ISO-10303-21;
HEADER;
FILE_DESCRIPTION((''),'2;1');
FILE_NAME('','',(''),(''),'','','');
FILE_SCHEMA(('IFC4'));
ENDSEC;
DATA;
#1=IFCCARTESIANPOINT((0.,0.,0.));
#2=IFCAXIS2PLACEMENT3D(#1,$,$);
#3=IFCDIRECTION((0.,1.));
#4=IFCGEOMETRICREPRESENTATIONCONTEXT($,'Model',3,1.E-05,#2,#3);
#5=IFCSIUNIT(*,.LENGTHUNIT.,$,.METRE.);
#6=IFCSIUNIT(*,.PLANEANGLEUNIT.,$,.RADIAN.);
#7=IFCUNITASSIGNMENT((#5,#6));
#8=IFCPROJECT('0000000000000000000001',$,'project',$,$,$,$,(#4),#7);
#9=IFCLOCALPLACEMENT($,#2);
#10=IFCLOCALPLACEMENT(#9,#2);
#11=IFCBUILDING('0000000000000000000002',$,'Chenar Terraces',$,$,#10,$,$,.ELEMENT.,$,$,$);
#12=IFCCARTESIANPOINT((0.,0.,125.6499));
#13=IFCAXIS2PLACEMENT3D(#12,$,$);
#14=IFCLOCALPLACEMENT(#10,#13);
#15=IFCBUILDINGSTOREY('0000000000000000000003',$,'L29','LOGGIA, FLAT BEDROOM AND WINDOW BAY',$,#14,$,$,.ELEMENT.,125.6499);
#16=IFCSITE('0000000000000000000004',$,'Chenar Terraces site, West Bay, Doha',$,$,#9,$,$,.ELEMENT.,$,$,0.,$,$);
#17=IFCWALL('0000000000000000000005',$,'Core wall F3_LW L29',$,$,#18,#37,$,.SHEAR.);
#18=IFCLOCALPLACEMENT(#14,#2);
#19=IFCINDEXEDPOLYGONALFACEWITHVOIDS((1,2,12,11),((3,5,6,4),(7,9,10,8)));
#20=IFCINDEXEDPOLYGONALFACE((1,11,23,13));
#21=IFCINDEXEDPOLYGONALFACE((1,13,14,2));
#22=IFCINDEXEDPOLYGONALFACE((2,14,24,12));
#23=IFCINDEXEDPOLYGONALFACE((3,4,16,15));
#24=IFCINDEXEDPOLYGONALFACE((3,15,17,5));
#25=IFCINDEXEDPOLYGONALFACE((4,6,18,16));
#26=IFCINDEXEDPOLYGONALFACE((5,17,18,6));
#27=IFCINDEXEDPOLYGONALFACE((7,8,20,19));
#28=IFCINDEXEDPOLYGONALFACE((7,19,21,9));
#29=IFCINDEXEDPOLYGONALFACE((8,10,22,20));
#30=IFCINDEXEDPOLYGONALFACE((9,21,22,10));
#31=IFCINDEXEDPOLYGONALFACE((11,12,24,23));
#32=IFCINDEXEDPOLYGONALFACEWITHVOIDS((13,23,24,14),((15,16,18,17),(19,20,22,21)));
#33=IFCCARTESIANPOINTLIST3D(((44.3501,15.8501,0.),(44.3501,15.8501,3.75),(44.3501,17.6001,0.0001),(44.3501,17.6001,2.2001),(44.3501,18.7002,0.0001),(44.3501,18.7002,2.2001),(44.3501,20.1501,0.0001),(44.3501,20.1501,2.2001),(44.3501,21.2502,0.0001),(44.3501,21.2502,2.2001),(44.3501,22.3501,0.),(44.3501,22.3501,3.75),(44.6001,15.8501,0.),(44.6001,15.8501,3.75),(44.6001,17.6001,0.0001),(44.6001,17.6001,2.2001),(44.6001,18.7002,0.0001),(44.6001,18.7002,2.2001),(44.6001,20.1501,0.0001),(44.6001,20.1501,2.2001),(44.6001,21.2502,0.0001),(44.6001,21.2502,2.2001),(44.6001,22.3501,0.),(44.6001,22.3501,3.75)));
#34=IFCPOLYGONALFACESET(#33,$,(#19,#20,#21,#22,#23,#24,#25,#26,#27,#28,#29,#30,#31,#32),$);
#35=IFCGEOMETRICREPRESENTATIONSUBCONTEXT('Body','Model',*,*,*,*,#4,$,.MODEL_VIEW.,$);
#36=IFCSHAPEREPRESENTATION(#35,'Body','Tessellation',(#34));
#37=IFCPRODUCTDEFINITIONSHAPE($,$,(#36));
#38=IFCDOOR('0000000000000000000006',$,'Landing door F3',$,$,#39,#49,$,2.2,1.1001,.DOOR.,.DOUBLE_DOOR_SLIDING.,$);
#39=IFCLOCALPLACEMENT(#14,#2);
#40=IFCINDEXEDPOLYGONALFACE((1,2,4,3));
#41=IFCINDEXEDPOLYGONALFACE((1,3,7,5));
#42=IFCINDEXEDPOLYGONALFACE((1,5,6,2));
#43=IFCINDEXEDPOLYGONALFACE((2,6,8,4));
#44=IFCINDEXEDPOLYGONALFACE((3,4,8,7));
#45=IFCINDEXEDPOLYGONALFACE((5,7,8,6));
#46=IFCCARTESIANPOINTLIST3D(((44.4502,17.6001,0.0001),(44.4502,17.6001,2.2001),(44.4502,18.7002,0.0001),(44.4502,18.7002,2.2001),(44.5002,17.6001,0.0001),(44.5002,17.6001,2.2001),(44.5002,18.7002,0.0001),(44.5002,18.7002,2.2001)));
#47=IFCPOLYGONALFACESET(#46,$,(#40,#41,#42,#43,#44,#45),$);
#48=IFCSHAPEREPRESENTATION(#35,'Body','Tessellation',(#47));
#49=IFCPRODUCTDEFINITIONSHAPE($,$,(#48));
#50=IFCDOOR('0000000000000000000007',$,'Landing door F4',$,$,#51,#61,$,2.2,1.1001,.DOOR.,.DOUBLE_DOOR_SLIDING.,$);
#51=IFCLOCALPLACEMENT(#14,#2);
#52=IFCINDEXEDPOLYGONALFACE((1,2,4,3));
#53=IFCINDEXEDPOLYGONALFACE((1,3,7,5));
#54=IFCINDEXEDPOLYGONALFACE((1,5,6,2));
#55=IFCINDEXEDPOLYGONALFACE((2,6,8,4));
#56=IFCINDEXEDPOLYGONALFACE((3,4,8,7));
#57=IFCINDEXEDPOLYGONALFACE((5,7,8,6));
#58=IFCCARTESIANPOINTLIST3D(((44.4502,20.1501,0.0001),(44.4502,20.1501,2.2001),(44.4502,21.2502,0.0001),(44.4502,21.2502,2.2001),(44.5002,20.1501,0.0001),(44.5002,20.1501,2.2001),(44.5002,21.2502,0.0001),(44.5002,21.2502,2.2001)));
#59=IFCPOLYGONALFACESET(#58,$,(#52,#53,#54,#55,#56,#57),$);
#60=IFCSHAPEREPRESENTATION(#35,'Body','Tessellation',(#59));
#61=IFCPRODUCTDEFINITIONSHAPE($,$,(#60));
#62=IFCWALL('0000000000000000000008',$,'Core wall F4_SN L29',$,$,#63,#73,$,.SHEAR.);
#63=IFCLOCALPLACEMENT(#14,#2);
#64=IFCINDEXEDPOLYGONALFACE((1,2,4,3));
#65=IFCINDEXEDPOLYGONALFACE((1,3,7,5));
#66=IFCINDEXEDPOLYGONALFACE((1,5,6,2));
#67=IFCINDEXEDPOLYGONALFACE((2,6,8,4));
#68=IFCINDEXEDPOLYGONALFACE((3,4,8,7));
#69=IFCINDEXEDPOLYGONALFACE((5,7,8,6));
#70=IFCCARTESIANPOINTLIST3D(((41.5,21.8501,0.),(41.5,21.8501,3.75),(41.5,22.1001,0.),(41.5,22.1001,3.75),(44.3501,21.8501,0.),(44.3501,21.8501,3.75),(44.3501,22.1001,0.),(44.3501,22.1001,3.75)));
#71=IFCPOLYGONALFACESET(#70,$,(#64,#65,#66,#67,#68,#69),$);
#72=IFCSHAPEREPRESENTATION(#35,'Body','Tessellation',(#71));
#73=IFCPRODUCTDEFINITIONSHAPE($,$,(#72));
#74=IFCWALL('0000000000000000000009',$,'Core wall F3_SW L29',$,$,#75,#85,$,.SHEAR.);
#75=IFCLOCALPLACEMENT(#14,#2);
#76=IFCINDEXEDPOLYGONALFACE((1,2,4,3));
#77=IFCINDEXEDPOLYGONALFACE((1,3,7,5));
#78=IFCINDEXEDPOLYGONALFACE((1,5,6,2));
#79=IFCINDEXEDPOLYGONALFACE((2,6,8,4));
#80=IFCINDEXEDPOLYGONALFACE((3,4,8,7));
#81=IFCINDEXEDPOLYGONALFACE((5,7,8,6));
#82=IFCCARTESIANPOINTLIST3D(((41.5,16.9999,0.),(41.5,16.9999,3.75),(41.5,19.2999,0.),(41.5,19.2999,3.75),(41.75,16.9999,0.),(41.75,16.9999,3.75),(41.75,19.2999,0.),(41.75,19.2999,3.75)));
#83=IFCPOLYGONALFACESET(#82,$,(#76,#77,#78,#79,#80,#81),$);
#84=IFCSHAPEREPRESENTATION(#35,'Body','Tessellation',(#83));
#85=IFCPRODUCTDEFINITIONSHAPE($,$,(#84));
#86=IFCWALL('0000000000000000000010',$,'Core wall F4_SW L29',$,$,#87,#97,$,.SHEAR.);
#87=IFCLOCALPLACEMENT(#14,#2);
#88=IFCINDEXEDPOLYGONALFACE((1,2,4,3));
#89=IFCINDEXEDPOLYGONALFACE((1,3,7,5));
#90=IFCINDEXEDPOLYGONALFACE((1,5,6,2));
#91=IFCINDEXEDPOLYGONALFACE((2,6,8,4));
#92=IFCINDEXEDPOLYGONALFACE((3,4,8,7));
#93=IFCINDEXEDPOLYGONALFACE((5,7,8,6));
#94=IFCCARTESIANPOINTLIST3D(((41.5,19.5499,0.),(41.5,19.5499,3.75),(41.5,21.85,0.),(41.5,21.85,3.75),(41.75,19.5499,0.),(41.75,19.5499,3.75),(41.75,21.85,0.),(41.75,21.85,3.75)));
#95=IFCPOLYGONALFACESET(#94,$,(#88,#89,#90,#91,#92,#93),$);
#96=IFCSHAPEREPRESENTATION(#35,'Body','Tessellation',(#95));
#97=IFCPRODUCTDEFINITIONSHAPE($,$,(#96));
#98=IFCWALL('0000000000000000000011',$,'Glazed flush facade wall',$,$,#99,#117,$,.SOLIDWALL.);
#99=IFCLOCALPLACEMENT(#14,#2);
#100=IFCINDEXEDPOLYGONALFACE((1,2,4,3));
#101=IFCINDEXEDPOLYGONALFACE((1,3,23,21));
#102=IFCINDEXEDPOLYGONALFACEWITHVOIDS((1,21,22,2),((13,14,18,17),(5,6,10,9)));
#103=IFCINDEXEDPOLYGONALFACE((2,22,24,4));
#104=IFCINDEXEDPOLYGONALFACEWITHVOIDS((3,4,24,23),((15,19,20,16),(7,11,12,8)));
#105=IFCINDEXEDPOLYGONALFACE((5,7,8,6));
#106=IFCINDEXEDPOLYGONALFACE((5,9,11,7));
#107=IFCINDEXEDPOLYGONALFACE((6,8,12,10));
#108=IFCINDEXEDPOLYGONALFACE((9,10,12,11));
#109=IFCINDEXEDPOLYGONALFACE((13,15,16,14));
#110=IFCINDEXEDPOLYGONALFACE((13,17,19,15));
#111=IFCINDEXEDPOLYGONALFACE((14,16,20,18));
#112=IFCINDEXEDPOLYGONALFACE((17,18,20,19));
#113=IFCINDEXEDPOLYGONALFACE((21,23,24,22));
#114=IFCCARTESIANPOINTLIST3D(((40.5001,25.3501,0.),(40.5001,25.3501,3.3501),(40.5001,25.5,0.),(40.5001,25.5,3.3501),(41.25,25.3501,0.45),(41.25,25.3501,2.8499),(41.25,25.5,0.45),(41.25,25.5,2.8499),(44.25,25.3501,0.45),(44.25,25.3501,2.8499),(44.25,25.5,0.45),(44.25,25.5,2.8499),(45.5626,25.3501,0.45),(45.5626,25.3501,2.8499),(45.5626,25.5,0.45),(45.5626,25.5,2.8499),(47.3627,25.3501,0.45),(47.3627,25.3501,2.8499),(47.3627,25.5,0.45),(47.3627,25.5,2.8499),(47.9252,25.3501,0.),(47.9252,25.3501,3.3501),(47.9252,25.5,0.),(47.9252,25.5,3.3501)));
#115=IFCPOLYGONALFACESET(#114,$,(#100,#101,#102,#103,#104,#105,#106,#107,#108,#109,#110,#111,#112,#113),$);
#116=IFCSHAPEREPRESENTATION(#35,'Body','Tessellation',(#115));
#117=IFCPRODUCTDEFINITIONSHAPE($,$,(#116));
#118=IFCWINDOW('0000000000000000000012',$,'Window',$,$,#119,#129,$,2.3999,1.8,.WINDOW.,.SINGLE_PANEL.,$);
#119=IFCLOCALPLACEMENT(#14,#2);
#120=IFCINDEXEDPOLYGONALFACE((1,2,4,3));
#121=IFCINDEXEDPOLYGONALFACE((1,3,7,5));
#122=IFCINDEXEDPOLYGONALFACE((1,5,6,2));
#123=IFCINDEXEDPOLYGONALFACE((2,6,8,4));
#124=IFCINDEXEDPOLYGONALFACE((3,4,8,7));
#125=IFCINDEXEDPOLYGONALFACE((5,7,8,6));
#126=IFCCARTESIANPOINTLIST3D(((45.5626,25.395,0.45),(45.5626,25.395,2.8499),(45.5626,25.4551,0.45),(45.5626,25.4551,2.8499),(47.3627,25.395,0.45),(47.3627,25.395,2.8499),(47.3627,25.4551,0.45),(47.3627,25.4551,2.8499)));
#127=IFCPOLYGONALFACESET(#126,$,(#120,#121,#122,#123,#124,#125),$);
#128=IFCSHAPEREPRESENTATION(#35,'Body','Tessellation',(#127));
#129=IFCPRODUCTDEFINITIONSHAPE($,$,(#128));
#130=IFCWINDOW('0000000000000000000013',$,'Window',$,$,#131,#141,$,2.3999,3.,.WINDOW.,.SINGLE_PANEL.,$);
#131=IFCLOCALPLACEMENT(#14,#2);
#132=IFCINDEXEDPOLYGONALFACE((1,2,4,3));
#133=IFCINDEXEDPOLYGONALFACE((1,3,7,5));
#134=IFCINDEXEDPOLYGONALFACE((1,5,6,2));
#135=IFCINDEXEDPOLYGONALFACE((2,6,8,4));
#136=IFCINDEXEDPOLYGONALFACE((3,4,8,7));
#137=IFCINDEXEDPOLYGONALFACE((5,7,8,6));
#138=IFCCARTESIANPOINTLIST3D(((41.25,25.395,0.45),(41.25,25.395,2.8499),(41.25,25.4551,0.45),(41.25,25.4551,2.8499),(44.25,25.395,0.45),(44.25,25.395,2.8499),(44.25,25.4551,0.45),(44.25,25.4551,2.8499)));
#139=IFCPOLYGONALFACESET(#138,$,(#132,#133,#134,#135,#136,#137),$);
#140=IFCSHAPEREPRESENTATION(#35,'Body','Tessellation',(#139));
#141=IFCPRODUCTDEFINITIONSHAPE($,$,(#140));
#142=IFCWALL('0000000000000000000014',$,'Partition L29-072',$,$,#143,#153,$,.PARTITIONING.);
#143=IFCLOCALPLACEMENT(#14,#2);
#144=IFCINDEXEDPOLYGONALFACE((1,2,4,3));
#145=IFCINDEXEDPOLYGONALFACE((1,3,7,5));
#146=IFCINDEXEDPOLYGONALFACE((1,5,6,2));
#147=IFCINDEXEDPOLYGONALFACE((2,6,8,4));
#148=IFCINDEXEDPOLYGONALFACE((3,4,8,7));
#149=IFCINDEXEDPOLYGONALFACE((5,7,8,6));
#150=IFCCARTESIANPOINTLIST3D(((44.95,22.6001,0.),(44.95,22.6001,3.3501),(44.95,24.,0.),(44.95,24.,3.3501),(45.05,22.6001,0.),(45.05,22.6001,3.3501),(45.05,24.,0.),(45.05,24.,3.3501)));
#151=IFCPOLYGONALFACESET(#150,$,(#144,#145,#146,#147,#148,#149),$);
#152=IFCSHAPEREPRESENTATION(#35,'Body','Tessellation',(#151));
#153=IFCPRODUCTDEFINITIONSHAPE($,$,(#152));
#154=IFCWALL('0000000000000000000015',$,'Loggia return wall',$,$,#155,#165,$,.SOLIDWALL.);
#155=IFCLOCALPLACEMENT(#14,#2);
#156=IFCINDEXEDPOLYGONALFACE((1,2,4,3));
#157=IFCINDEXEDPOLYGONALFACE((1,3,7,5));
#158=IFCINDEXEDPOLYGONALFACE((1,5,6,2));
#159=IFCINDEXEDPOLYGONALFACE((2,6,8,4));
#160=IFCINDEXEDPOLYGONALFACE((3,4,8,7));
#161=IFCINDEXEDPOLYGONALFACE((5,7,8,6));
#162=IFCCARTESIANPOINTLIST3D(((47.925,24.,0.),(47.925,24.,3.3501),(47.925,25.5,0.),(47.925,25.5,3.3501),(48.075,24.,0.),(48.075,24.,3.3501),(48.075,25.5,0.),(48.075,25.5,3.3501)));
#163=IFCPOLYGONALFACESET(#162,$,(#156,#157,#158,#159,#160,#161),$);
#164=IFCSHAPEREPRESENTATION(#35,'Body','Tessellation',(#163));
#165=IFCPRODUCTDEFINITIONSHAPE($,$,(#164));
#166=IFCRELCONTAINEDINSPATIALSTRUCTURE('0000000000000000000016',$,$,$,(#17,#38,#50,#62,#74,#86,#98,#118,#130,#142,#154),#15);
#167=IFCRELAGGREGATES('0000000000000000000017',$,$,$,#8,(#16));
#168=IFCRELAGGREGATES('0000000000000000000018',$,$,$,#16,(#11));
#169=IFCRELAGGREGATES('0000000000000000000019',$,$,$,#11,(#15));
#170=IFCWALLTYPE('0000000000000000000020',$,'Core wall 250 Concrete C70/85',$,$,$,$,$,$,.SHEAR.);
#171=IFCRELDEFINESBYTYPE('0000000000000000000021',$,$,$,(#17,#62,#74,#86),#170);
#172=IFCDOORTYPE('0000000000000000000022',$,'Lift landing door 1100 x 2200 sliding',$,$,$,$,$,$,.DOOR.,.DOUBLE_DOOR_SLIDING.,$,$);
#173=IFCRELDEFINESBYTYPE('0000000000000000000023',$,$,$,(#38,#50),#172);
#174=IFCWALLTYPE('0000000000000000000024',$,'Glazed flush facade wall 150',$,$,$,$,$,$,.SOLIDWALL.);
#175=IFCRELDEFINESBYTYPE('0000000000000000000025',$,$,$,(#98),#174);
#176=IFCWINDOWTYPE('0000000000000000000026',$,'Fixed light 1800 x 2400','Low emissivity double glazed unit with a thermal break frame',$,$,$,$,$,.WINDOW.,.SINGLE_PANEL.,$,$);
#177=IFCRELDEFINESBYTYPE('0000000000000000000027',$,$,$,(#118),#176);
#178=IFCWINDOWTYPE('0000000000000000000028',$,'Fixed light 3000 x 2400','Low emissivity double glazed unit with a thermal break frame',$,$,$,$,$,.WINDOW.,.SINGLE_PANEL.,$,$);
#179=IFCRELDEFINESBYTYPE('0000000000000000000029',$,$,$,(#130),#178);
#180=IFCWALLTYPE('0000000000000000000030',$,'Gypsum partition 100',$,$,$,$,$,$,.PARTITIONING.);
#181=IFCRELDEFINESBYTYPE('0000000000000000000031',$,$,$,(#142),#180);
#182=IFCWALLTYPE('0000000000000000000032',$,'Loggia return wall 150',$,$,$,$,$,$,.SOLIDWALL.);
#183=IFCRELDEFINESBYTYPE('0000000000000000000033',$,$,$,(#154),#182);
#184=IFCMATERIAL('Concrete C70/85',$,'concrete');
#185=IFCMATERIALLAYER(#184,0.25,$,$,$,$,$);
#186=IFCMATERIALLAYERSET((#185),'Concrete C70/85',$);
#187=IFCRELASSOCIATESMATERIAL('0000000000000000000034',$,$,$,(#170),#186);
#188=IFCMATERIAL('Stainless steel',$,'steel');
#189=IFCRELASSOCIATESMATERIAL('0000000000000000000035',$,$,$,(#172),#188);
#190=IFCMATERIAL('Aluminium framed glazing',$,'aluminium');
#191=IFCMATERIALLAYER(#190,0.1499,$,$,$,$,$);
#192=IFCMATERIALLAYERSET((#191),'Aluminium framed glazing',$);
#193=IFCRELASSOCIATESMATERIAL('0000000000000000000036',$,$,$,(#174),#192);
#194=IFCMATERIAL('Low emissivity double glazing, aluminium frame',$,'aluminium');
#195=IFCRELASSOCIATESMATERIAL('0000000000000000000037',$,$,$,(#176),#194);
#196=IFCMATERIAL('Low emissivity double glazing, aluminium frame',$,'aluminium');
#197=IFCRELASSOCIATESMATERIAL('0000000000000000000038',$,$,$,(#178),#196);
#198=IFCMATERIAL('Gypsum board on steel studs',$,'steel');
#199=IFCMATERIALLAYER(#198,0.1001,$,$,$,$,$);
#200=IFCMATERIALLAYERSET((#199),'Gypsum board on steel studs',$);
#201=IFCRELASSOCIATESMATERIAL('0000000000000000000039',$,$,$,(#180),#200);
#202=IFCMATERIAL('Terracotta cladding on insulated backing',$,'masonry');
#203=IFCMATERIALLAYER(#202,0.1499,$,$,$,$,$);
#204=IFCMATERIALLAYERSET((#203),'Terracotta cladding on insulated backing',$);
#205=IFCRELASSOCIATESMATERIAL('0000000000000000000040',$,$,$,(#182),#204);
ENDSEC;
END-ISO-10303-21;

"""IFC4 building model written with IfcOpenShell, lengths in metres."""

from ifc_helpers import new_model, si_unit, direction, frame, frame_2d, origin, place, context, subcontext, project, spatial, rectangle, extrude, material, layer, layer_set, type_object, element, fill, save


model = new_model("IFC4")

# Units and contexts
model_context = context("Model", 3, precision=1e-05, world=origin(), true_north=direction((0.0, 1.0)))
body_context = subcontext(model_context, "Body", "Model", "MODEL_VIEW")
ifc_project = project(units=[si_unit("LENGTHUNIT", "METRE"), si_unit("PLANEANGLEUNIT", "RADIAN")], contexts=[model_context])

# Site, building, storey
site_placement = place(None, origin())
site = spatial("IfcSite", under=ifc_project, at=site_placement, Name="Chenar Terraces site, West Bay, Doha", CompositionType="ELEMENT", RefElevation=0.0)
building_placement = place(site_placement, origin())
building = spatial("IfcBuilding", under=site, at=building_placement, Name="Chenar Terraces", CompositionType="ELEMENT")
storey_placement = place(building_placement, frame((0.0, 0.0, 125.6499)))
storey = spatial("IfcBuildingStorey", under=building, at=storey_placement, Name="L29", Description="LOGGIA, FLAT BEDROOM AND WINDOW BAY", CompositionType="ELEMENT", Elevation=125.6499)

# Shared definitions
ifc_material_1 = material(Name="Concrete C70/85", Category="concrete")
ifc_layer_1 = layer(ifc_material_1, 0.25)
ifc_layer_set_1 = layer_set([ifc_layer_1], Name="Concrete C70/85")
wall_type_1 = type_object("IfcWallType", Name="Core wall 250 Concrete C70/85", PredefinedType="SHEAR", material=ifc_layer_set_1)

# Wall, openings, doors
wall_1_placement = place(storey_placement, frame((44.4751, 15.8501, 0.0), z_axis=(0.0, 0.0, 1.0), x_axis=(0.0, 1.0, 0.0)))
wall_1 = element("IfcWall", 1, at=wall_1_placement, inside=storey, type_object=wall_type_1, Name="Core wall F3_LW L29", PredefinedType="SHEAR", context=body_context, shape_type="SweptSolid", body=[
    extrude(rectangle(XDim=6.5, YDim=0.25, at=frame_2d((3.25, 0.0))), origin(), (0.0, 0.0, 1.0), 3.75),
])
opening_1_placement = place(wall_1_placement, frame((1.75, 0.0, 0.0)))
opening_1 = element("IfcOpeningElement", 2, at=opening_1_placement, cuts=wall_1, PredefinedType="OPENING", context=body_context, shape_type="SweptSolid", body=[
    extrude(rectangle(XDim=1.1001, YDim=2.2, at=frame_2d((0.55, 1.1001))), frame((0.0, 0.135, 0.0), z_axis=(0.0, -1.0, 0.0), x_axis=(1.0, 0.0, 0.0)), (0.0, 0.0, 1.0), 0.27),
])
opening_2_placement = place(wall_1_placement, frame((4.3, 0.0, 0.0)))
opening_2 = element("IfcOpeningElement", 3, at=opening_2_placement, cuts=wall_1, PredefinedType="OPENING", context=body_context, shape_type="SweptSolid", body=[
    extrude(rectangle(XDim=1.1001, YDim=2.2, at=frame_2d((0.55, 1.1001))), frame((0.0, 0.135, 0.0), z_axis=(0.0, -1.0, 0.0), x_axis=(1.0, 0.0, 0.0)), (0.0, 0.0, 1.0), 0.27),
])
ifc_material_2 = material(Name="Stainless steel", Category="steel")
door_type_1 = type_object("IfcDoorType", Name="Lift landing door 1100 x 2200 sliding", OperationType="DOUBLE_DOOR_SLIDING", PredefinedType="DOOR", material=ifc_material_2)
door_1_placement = place(opening_1_placement, origin())
door_1 = element("IfcDoor", 4, at=door_1_placement, inside=storey, type_object=door_type_1, Name="Landing door F3", OperationType="DOUBLE_DOOR_SLIDING", OverallHeight=2.2, OverallWidth=1.1001, PredefinedType="DOOR", context=body_context, shape_type="SweptSolid", body=[
    extrude(rectangle(XDim=1.1001, YDim=2.2, at=frame_2d((0.55, 1.1001))), frame((0.0, 0.0249, 0.0), z_axis=(0.0, -1.0, 0.0), x_axis=(1.0, 0.0, 0.0)), (0.0, 0.0, 1.0), 0.05),
])
fill(opening_1, door_1)
door_2_placement = place(opening_2_placement, origin())
door_2 = element("IfcDoor", 5, at=door_2_placement, inside=storey, type_object=door_type_1, Name="Landing door F4", OperationType="DOUBLE_DOOR_SLIDING", OverallHeight=2.2, OverallWidth=1.1001, PredefinedType="DOOR", context=body_context, shape_type="SweptSolid", body=[
    extrude(rectangle(XDim=1.1001, YDim=2.2, at=frame_2d((0.55, 1.1001))), frame((0.0, 0.0249, 0.0), z_axis=(0.0, -1.0, 0.0), x_axis=(1.0, 0.0, 0.0)), (0.0, 0.0, 1.0), 0.05),
])
fill(opening_2, door_2)

# Walls
wall_2_placement = place(storey_placement, frame((41.5, 21.9751, 0.0), z_axis=(0.0, 0.0, 1.0), x_axis=(1.0, 0.0, 0.0)))
element("IfcWall", 6, at=wall_2_placement, inside=storey, type_object=wall_type_1, Name="Core wall F4_SN L29", PredefinedType="SHEAR", context=body_context, shape_type="SweptSolid", body=[
    extrude(rectangle(XDim=2.8501, YDim=0.25, at=frame_2d((1.425, 0.0))), origin(), (0.0, 0.0, 1.0), 3.75),
])
for number, where, z_axis, x_axis, name in (
    (7, (41.625, 17.0, 0.0), (0.0, 0.0, 1.0), (0.0, 1.0, 0.0), "Core wall F3_SW L29"),
    (8, (41.625, 19.55, 0.0), (0.0, 0.0, 1.0), (0.0, 1.0, 0.0), "Core wall F4_SW L29"),
):
    element("IfcWall", number, at=place(storey_placement, frame(where, z_axis=z_axis, x_axis=x_axis)), inside=storey, type_object=wall_type_1, Name=name, PredefinedType="SHEAR", context=body_context, shape_type="SweptSolid", body=[
        extrude(rectangle(XDim=2.3, YDim=0.25, at=frame_2d((1.1499, 0.0))), origin(), (0.0, 0.0, 1.0), 3.75),
    ])

# Wall, openings, windows
ifc_material_3 = material(Name="Aluminium framed glazing", Category="aluminium")
ifc_layer_2 = layer(ifc_material_3, 0.1499)
ifc_layer_set_2 = layer_set([ifc_layer_2], Name="Aluminium framed glazing")
wall_type_2 = type_object("IfcWallType", Name="Glazed flush facade wall 150", PredefinedType="SOLIDWALL", material=ifc_layer_set_2)
wall_3_placement = place(storey_placement, frame((47.925, 25.425, 0.0), z_axis=(0.0, 0.0, 1.0), x_axis=(-1.0, 0.0, 0.0)))
wall_3 = element("IfcWall", 9, at=wall_3_placement, inside=storey, type_object=wall_type_2, Name="Glazed flush facade wall", PredefinedType="SOLIDWALL", context=body_context, shape_type="SweptSolid", body=[
    extrude(rectangle(XDim=7.425, YDim=0.1499, at=frame_2d((3.7124, 0.0))), origin(), (0.0, 0.0, 1.0), 3.3501),
])
opening_3_placement = place(wall_3_placement, frame((0.5625, 0.0, 0.45)))
opening_3 = element("IfcOpeningElement", 10, at=opening_3_placement, cuts=wall_3, PredefinedType="OPENING", context=body_context, shape_type="SweptSolid", body=[
    extrude(rectangle(XDim=1.8, YDim=2.3999, at=frame_2d((0.8999, 1.2))), frame((0.0, 0.085, 0.0), z_axis=(0.0, -1.0, 0.0), x_axis=(1.0, 0.0, 0.0)), (0.0, 0.0, 1.0), 0.1699),
])
opening_4_placement = place(wall_3_placement, frame((3.675, 0.0, 0.45)))
opening_4 = element("IfcOpeningElement", 11, at=opening_4_placement, cuts=wall_3, PredefinedType="OPENING", context=body_context, shape_type="SweptSolid", body=[
    extrude(rectangle(XDim=3.0, YDim=2.3999, at=frame_2d((1.5, 1.2))), frame((0.0, 0.085, 0.0), z_axis=(0.0, -1.0, 0.0), x_axis=(1.0, 0.0, 0.0)), (0.0, 0.0, 1.0), 0.1699),
])
ifc_material_4 = material(Name="Low emissivity double glazing, aluminium frame", Category="aluminium")
window_type_1 = type_object("IfcWindowType", Name="Fixed light 1800 x 2400", Description="Low emissivity double glazed unit with a thermal break frame", PartitioningType="SINGLE_PANEL", PredefinedType="WINDOW", material=ifc_material_4)
window_1_placement = place(opening_3_placement, origin())
window_1 = element("IfcWindow", 12, at=window_1_placement, inside=storey, type_object=window_type_1, Name="Window", OverallHeight=2.3999, OverallWidth=1.8, PartitioningType="SINGLE_PANEL", PredefinedType="WINDOW", context=body_context, shape_type="SweptSolid", body=[
    extrude(rectangle(XDim=1.8, YDim=2.3999, at=frame_2d((0.8999, 1.2))), frame((0.0, 0.03, 0.0), z_axis=(0.0, -1.0, 0.0), x_axis=(1.0, 0.0, 0.0)), (0.0, 0.0, 1.0), 0.0601),
])
fill(opening_3, window_1)
ifc_material_5 = material(Name="Low emissivity double glazing, aluminium frame", Category="aluminium")
window_type_2 = type_object("IfcWindowType", Name="Fixed light 3000 x 2400", Description="Low emissivity double glazed unit with a thermal break frame", PartitioningType="SINGLE_PANEL", PredefinedType="WINDOW", material=ifc_material_5)
window_2_placement = place(opening_4_placement, origin())
window_2 = element("IfcWindow", 13, at=window_2_placement, inside=storey, type_object=window_type_2, Name="Window", OverallHeight=2.3999, OverallWidth=3.0, PartitioningType="SINGLE_PANEL", PredefinedType="WINDOW", context=body_context, shape_type="SweptSolid", body=[
    extrude(rectangle(XDim=3.0, YDim=2.3999, at=frame_2d((1.5, 1.2))), frame((0.0, 0.03, 0.0), z_axis=(0.0, -1.0, 0.0), x_axis=(1.0, 0.0, 0.0)), (0.0, 0.0, 1.0), 0.0601),
])
fill(opening_4, window_2)

# Walls
ifc_material_6 = material(Name="Gypsum board on steel studs", Category="steel")
ifc_layer_3 = layer(ifc_material_6, 0.1001)
ifc_layer_set_3 = layer_set([ifc_layer_3], Name="Gypsum board on steel studs")
wall_type_3 = type_object("IfcWallType", Name="Gypsum partition 100", PredefinedType="PARTITIONING", material=ifc_layer_set_3)
wall_4_placement = place(storey_placement, frame((45.0, 22.6001, 0.0), z_axis=(0.0, 0.0, 1.0), x_axis=(0.0, 1.0, 0.0)))
element("IfcWall", 14, at=wall_4_placement, inside=storey, type_object=wall_type_3, Name="Partition L29-072", PredefinedType="PARTITIONING", context=body_context, shape_type="SweptSolid", body=[
    extrude(rectangle(XDim=1.3999, YDim=0.1001, at=frame_2d((0.7, 0.0))), origin(), (0.0, 0.0, 1.0), 3.3501),
])
ifc_material_7 = material(Name="Terracotta cladding on insulated backing", Category="masonry")
ifc_layer_4 = layer(ifc_material_7, 0.1499)
ifc_layer_set_4 = layer_set([ifc_layer_4], Name="Terracotta cladding on insulated backing")
wall_type_4 = type_object("IfcWallType", Name="Loggia return wall 150", PredefinedType="SOLIDWALL", material=ifc_layer_set_4)
wall_5_placement = place(storey_placement, frame((48.0, 25.5, 0.0), z_axis=(0.0, 0.0, 1.0), x_axis=(0.0, -1.0, 0.0)))
element("IfcWall", 15, at=wall_5_placement, inside=storey, type_object=wall_type_4, Name="Loggia return wall", PredefinedType="SOLIDWALL", context=body_context, shape_type="SweptSolid", body=[
    extrude(rectangle(XDim=1.5, YDim=0.1499, at=frame_2d((0.75, 0.0))), origin(), (0.0, 0.0, 1.0), 3.3501),
])

save(model, "model.ifc")
